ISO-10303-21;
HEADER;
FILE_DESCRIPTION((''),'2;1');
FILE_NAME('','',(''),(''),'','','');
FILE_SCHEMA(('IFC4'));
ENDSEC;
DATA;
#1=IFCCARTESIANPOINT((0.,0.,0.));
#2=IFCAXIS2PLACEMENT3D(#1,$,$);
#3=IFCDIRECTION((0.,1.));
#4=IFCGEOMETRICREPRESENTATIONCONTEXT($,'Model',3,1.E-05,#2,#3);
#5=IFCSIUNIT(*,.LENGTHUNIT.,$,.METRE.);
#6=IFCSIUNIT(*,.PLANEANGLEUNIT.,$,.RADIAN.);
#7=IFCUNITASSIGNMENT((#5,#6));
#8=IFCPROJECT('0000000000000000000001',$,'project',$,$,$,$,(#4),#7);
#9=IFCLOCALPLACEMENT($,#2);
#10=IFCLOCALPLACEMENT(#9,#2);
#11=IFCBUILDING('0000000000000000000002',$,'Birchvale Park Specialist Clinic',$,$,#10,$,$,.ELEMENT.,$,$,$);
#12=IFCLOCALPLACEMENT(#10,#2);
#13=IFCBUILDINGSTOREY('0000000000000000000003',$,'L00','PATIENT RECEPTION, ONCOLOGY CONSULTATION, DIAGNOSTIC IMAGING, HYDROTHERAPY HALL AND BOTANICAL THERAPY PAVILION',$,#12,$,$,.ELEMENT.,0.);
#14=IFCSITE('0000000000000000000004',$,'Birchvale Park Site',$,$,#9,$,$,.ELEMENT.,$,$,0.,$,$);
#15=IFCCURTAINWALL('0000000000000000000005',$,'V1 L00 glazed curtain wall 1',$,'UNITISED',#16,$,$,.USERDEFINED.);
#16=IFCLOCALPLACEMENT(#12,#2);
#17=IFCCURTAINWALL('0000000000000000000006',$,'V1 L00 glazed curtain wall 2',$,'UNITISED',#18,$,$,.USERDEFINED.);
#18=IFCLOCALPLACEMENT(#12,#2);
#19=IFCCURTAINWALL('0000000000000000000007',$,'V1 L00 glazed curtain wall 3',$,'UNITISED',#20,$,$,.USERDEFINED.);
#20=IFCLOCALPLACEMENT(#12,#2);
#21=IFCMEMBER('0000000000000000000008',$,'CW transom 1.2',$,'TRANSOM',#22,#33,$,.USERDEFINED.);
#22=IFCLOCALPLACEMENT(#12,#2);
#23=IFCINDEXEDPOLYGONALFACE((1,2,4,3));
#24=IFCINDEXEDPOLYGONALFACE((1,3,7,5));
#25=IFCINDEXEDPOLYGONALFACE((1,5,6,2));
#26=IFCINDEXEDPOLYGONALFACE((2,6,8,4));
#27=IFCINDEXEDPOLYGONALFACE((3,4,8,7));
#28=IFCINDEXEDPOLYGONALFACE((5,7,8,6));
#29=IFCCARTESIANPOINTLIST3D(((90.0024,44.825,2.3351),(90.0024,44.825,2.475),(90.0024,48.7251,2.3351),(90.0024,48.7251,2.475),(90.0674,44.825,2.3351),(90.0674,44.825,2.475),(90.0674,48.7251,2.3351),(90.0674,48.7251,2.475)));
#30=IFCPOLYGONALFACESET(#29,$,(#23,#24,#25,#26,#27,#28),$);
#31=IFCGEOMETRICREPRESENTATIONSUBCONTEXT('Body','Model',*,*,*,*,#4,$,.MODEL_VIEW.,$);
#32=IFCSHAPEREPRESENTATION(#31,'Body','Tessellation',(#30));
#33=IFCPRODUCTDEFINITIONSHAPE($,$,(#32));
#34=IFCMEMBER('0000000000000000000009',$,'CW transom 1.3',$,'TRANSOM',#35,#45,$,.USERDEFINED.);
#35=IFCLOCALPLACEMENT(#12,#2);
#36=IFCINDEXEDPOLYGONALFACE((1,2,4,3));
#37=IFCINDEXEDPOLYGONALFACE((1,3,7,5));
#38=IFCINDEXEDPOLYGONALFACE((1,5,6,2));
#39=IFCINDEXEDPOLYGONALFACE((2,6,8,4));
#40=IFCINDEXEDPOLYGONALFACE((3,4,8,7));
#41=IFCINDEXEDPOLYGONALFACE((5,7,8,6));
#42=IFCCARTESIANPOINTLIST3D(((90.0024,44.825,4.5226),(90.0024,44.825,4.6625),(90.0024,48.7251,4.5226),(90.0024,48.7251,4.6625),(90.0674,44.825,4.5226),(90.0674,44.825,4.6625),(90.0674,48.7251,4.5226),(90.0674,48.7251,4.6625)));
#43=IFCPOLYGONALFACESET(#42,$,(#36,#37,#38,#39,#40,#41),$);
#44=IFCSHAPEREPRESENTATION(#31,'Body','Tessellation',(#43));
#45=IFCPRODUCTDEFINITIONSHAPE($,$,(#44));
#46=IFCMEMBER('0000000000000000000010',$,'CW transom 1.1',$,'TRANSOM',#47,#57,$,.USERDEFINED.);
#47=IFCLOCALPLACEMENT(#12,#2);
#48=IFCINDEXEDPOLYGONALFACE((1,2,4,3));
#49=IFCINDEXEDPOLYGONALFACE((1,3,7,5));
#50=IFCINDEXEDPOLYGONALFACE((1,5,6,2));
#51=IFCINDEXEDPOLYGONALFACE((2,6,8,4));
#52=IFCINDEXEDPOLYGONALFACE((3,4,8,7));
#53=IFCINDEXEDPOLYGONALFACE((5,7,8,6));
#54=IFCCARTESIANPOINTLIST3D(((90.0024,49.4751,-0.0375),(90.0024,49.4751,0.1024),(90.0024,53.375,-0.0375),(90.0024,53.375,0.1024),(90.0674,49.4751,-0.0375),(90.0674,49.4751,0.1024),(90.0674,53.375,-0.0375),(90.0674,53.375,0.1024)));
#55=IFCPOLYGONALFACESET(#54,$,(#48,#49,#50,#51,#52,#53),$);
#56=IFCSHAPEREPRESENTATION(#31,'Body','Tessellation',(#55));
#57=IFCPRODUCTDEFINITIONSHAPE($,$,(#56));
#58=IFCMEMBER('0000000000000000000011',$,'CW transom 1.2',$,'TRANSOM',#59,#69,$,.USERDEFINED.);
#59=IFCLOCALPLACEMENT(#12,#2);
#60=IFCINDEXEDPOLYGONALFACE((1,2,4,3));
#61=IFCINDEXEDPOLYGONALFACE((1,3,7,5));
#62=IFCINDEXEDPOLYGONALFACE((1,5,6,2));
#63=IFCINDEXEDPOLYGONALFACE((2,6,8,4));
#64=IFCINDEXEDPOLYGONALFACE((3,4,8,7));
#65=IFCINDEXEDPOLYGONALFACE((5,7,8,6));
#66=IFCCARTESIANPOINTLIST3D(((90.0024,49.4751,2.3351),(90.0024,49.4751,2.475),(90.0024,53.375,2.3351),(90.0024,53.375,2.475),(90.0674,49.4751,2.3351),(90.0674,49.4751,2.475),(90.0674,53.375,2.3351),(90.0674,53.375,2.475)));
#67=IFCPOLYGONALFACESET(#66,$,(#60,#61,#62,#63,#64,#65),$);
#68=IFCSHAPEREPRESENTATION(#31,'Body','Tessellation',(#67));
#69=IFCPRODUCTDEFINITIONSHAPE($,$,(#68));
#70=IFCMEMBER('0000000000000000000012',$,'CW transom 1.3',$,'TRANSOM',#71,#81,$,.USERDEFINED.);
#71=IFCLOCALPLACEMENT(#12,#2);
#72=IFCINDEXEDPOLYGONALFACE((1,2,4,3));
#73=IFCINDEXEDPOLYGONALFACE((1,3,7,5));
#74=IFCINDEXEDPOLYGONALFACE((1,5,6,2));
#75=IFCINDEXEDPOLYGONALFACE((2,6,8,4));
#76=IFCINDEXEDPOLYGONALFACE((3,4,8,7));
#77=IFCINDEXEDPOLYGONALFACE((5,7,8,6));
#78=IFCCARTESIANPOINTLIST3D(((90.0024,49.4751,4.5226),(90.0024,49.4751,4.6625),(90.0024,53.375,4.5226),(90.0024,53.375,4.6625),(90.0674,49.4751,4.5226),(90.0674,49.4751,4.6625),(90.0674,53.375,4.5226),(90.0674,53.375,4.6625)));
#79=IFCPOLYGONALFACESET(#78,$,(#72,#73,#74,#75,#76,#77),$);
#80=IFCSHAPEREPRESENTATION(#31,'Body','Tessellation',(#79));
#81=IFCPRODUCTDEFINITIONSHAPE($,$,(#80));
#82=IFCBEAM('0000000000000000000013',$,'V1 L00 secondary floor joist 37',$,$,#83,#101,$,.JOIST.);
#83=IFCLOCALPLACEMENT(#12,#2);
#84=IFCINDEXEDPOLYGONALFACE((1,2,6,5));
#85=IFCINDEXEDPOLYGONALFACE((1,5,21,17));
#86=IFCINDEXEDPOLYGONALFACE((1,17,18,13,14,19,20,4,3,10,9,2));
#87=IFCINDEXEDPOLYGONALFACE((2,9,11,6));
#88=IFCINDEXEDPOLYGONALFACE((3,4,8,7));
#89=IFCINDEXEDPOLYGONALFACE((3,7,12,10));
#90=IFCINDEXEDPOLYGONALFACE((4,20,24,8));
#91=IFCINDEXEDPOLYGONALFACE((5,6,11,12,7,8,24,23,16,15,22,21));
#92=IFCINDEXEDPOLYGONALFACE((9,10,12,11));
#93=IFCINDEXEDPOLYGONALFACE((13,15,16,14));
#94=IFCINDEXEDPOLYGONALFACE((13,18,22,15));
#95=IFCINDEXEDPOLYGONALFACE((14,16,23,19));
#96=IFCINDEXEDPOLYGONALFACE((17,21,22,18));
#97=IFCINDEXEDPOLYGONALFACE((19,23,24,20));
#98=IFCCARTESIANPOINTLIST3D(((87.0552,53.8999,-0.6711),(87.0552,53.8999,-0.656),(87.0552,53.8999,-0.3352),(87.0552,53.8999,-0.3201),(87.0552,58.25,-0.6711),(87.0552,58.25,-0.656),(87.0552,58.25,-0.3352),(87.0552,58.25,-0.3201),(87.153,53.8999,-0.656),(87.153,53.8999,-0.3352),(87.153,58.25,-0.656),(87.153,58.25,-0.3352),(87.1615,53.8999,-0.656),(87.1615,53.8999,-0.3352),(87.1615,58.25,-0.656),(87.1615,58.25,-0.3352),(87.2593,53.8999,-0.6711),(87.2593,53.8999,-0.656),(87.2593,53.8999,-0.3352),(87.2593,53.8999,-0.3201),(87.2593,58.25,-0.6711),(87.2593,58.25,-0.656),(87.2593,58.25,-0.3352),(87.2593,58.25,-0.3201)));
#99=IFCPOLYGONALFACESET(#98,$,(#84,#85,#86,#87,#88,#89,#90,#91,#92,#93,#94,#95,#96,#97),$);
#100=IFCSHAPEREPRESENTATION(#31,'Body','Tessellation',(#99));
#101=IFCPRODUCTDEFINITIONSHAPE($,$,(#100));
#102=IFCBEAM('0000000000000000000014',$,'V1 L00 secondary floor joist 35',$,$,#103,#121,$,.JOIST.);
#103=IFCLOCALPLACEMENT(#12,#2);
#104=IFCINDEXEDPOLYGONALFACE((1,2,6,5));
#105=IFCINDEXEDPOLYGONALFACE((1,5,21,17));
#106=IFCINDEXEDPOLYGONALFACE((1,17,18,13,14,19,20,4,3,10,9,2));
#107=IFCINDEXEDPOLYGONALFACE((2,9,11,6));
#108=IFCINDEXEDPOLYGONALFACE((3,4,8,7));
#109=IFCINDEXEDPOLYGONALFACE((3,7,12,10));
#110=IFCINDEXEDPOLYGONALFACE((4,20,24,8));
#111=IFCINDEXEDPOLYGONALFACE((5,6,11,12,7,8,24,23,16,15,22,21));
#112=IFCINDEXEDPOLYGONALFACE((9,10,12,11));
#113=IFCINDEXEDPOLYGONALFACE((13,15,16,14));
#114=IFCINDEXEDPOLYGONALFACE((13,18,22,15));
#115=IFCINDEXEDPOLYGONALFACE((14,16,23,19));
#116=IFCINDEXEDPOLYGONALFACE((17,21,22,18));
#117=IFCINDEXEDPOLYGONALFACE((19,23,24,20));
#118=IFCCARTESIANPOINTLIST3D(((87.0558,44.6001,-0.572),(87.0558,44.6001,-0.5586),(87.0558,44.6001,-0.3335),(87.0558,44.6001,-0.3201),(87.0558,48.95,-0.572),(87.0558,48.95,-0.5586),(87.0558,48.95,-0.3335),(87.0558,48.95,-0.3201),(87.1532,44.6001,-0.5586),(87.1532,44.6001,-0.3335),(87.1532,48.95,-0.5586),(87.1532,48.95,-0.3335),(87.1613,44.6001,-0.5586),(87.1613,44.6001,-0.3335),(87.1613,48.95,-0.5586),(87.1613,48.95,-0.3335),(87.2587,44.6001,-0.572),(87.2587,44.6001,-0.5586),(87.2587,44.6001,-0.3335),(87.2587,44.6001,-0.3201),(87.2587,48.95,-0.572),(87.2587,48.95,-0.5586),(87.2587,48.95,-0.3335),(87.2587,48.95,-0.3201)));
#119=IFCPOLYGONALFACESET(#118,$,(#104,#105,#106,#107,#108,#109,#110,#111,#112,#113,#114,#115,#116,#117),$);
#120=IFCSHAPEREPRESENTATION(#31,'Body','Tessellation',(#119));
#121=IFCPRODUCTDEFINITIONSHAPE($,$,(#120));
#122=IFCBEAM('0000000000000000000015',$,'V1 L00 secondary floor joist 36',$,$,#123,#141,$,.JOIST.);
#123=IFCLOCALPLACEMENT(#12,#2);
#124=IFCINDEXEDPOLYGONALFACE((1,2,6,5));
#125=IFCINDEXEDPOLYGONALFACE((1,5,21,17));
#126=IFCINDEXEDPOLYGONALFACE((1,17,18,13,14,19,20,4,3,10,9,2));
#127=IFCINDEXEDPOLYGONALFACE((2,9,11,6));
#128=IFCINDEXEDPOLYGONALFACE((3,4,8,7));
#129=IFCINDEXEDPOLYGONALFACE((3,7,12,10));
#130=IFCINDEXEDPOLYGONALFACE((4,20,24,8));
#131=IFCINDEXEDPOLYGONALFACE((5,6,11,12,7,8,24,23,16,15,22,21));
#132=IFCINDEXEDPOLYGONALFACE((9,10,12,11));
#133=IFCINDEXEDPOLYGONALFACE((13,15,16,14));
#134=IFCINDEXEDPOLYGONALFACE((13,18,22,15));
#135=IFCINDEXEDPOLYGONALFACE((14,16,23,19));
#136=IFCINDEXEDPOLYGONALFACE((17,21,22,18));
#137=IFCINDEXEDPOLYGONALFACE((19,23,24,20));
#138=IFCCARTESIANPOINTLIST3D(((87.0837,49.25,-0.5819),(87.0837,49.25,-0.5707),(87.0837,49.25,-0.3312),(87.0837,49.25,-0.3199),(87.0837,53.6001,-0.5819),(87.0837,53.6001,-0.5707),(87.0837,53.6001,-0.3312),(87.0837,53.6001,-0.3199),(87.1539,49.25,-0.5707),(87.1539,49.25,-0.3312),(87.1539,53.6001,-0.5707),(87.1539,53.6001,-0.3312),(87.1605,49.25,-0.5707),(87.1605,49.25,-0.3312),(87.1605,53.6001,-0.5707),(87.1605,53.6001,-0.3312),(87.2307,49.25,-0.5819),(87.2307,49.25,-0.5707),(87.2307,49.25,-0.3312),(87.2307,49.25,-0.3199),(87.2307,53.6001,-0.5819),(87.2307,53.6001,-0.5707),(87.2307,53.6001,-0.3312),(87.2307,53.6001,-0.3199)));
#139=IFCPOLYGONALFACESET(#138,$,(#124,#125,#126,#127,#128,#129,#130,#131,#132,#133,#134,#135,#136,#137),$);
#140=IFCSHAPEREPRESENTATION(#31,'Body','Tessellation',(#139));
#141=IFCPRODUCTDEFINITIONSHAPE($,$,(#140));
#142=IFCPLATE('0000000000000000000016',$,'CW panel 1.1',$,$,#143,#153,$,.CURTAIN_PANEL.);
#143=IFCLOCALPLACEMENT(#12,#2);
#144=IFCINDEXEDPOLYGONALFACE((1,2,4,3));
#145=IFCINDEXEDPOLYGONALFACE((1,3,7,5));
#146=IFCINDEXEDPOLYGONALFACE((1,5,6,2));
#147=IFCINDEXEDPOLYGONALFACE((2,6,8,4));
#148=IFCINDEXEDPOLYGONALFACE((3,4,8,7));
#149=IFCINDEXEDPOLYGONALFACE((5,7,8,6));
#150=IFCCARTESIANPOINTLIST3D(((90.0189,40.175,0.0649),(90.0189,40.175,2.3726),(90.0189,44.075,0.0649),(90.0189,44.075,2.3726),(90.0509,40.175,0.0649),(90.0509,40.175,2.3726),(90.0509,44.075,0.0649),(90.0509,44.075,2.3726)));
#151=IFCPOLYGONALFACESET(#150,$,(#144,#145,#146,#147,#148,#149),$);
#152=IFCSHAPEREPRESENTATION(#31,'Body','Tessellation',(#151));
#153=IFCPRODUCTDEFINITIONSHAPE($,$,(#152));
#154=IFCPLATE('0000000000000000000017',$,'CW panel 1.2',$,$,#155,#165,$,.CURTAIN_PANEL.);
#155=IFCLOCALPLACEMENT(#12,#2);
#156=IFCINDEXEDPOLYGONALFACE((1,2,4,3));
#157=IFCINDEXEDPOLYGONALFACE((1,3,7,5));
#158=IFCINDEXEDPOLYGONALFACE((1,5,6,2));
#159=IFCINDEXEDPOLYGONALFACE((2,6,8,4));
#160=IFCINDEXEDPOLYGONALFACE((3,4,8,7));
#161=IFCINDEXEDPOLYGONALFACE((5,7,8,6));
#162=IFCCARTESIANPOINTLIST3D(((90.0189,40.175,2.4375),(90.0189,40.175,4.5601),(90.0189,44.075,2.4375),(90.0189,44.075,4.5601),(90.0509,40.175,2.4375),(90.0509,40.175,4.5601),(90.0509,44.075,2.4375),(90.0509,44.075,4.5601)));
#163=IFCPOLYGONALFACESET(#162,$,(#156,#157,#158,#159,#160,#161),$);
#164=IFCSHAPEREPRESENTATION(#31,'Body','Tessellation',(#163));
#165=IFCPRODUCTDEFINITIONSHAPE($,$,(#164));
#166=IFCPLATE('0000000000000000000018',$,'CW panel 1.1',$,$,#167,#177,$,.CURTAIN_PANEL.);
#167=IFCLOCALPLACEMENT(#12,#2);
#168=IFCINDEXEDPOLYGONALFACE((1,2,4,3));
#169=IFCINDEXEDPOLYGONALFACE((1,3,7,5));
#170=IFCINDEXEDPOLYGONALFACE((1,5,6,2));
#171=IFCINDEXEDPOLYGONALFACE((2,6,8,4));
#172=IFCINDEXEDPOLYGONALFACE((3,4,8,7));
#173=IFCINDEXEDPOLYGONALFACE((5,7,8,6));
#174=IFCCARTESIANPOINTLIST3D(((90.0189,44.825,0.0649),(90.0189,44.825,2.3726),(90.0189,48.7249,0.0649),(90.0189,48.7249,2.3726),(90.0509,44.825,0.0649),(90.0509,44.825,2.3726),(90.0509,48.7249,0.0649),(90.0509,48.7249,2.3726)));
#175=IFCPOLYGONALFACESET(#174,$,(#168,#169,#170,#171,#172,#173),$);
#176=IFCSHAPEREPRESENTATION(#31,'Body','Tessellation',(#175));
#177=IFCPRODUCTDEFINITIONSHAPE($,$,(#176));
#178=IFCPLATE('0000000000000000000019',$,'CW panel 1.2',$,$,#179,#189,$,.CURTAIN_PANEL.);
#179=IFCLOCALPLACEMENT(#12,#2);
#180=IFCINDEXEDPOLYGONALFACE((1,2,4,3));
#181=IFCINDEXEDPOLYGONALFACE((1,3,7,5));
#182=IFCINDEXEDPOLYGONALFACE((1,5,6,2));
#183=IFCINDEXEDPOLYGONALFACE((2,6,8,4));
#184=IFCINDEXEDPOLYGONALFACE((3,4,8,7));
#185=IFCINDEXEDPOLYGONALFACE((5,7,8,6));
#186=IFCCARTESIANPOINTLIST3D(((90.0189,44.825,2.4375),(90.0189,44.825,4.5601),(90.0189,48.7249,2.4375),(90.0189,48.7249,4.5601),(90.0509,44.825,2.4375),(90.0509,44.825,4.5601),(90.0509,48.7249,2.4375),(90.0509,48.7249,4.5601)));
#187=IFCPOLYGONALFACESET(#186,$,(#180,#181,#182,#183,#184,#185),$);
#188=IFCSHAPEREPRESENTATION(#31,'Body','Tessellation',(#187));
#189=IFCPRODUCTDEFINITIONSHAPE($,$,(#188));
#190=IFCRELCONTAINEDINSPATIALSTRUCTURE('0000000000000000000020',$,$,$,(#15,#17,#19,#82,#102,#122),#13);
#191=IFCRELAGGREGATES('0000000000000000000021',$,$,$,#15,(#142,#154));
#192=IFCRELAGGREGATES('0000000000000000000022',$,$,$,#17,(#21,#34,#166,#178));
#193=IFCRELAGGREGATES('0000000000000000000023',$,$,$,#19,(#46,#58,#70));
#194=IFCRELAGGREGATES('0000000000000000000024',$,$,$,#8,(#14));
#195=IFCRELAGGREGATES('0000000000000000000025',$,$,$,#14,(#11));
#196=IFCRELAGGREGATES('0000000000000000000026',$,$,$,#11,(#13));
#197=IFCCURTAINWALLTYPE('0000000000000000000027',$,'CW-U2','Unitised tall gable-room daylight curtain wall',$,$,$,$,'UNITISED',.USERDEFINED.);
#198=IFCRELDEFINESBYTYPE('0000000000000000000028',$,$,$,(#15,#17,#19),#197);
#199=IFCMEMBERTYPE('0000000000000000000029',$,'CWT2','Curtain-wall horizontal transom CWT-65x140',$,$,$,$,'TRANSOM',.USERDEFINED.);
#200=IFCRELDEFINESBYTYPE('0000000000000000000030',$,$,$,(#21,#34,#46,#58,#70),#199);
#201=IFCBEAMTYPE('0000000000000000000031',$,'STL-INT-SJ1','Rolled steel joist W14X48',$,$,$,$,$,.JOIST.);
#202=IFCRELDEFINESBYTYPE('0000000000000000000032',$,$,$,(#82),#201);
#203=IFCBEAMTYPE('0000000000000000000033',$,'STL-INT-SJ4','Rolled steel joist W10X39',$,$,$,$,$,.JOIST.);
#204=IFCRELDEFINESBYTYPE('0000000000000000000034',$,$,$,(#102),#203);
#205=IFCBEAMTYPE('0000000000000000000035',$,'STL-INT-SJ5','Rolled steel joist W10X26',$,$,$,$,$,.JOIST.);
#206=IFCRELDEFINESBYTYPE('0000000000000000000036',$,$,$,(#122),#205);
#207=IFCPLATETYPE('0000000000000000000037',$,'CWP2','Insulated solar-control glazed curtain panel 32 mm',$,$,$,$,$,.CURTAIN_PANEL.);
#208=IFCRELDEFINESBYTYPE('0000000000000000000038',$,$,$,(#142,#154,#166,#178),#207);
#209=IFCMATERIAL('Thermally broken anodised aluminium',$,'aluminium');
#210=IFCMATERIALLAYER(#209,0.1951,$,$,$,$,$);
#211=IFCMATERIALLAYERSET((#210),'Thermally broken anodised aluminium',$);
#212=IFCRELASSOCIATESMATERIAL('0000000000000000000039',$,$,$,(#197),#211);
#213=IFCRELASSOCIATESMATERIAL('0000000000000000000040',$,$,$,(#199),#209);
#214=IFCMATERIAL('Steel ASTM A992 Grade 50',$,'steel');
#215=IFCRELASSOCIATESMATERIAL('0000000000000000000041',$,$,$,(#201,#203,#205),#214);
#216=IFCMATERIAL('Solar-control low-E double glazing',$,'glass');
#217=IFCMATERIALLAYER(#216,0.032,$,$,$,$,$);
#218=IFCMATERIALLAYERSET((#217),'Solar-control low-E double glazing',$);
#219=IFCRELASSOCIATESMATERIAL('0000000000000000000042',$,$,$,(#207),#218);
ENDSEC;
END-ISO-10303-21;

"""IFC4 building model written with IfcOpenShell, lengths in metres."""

from ifc_helpers import new_model, si_unit, direction, frame, origin, origin_2d, place, context, subcontext, project, spatial, rectangle, i_section, extrude, material, layer, layer_set, material_profile, profile_set, type_object, element, aggregate, save


model = new_model("IFC4")

# Units and contexts
model_context = context("Model", 3, precision=1e-05, world=origin(), true_north=direction((0.0, 1.0)))
body_context = subcontext(model_context, "Body", "Model", "MODEL_VIEW")
ifc_project = project(units=[si_unit("LENGTHUNIT", "METRE"), si_unit("PLANEANGLEUNIT", "RADIAN")], contexts=[model_context])

# Site, building, storey
site_placement = place(None, origin())
site = spatial("IfcSite", under=ifc_project, at=site_placement, Name="Birchvale Park Site", CompositionType="ELEMENT", RefElevation=0.0)
building_placement = place(site_placement, origin())
building = spatial("IfcBuilding", under=site, at=building_placement, Name="Birchvale Park Specialist Clinic", CompositionType="ELEMENT")
storey_placement = place(building_placement, origin())
storey = spatial("IfcBuildingStorey", under=building, at=storey_placement, Name="L00", Description="PATIENT RECEPTION, ONCOLOGY CONSULTATION, DIAGNOSTIC IMAGING, HYDROTHERAPY HALL AND BOTANICAL THERAPY PAVILION", CompositionType="ELEMENT", Elevation=0.0)

# Curtain walls
ifc_material_1 = material(Name="Thermally broken anodised aluminium", Category="aluminium")
ifc_layer_1 = layer(ifc_material_1, 0.1951)
ifc_layer_set_1 = layer_set([ifc_layer_1], Name="Thermally broken anodised aluminium")
curtain_wall_type = type_object("IfcCurtainWallType", Name="CW-U2", Description="Unitised tall gable-room daylight curtain wall", ElementType="UNITISED", PredefinedType="USERDEFINED", material=ifc_layer_set_1)
curtain_wall_1_placement = place(storey_placement, origin())
curtain_wall_1 = element("IfcCurtainWall", 1, at=curtain_wall_1_placement, inside=storey, type_object=curtain_wall_type, Name="V1 L00 glazed curtain wall 1", ObjectType="UNITISED", PredefinedType="USERDEFINED")
curtain_wall_2_placement = place(storey_placement, origin())
curtain_wall_2 = element("IfcCurtainWall", 2, at=curtain_wall_2_placement, inside=storey, type_object=curtain_wall_type, Name="V1 L00 glazed curtain wall 2", ObjectType="UNITISED", PredefinedType="USERDEFINED")
curtain_wall_3_placement = place(storey_placement, origin())
curtain_wall_3 = element("IfcCurtainWall", 3, at=curtain_wall_3_placement, inside=storey, type_object=curtain_wall_type, Name="V1 L00 glazed curtain wall 3", ObjectType="UNITISED", PredefinedType="USERDEFINED")

# Members
ifc_material_profile_1 = material_profile(ifc_material_1, rectangle(XDim=0.0649, YDim=0.1399, at=origin_2d()), Name="CWT-65x140")
ifc_profile_set_1 = profile_set([ifc_material_profile_1], Name="Thermally broken anodised aluminium")
member_type_1 = type_object("IfcMemberType", Name="CWT2", Description="Curtain-wall horizontal transom CWT-65x140", ElementType="TRANSOM", PredefinedType="USERDEFINED", material=ifc_profile_set_1)
member_1_placement = place(storey_placement, frame((90.0349, 44.825, 2.405), z_axis=(0.0, 1.0, 0.0), x_axis=(-1.0, 0.0, 0.0)))
member_1 = element("IfcMember", 4, at=member_1_placement, type_object=member_type_1, Name="CW transom 1.2", ObjectType="TRANSOM", PredefinedType="USERDEFINED", context=body_context, shape_type="SweptSolid", body=[
    extrude(rectangle(XDim=0.0649, YDim=0.1399, at=origin_2d()), origin(), (0.0, 0.0, 1.0), 3.9001),
])
member_2_placement = place(storey_placement, frame((90.0349, 44.825, 4.5925), z_axis=(0.0, 1.0, 0.0), x_axis=(-1.0, 0.0, 0.0)))
member_2 = element("IfcMember", 5, at=member_2_placement, type_object=member_type_1, Name="CW transom 1.3", ObjectType="TRANSOM", PredefinedType="USERDEFINED", context=body_context, shape_type="SweptSolid", body=[
    extrude(rectangle(XDim=0.0649, YDim=0.1399, at=origin_2d()), origin(), (0.0, 0.0, 1.0), 3.9001),
])
member_3_placement = place(storey_placement, frame((90.0349, 49.4751, 0.0325), z_axis=(0.0, 1.0, 0.0), x_axis=(-1.0, 0.0, 0.0)))
member_3 = element("IfcMember", 6, at=member_3_placement, type_object=member_type_1, Name="CW transom 1.1", ObjectType="TRANSOM", PredefinedType="USERDEFINED", context=body_context, shape_type="SweptSolid", body=[
    extrude(rectangle(XDim=0.0649, YDim=0.1399, at=origin_2d()), origin(), (0.0, 0.0, 1.0), 3.8999),
])
member_4_placement = place(storey_placement, frame((90.0349, 49.4751, 2.405), z_axis=(0.0, 1.0, 0.0), x_axis=(-1.0, 0.0, 0.0)))
member_4 = element("IfcMember", 7, at=member_4_placement, type_object=member_type_1, Name="CW transom 1.2", ObjectType="TRANSOM", PredefinedType="USERDEFINED", context=body_context, shape_type="SweptSolid", body=[
    extrude(rectangle(XDim=0.0649, YDim=0.1399, at=origin_2d()), origin(), (0.0, 0.0, 1.0), 3.8999),
])
member_5_placement = place(storey_placement, frame((90.0349, 49.4751, 4.5925), z_axis=(0.0, 1.0, 0.0), x_axis=(-1.0, 0.0, 0.0)))
member_5 = element("IfcMember", 8, at=member_5_placement, type_object=member_type_1, Name="CW transom 1.3", ObjectType="TRANSOM", PredefinedType="USERDEFINED", context=body_context, shape_type="SweptSolid", body=[
    extrude(rectangle(XDim=0.0649, YDim=0.1399, at=origin_2d()), origin(), (0.0, 0.0, 1.0), 3.8999),
])

# Beams
ifc_material_2 = material(Name="Steel ASTM A992 Grade 50", Category="steel")
ifc_material_profile_2 = material_profile(ifc_material_2, i_section(OverallWidth=0.2041, OverallDepth=0.3511, WebThickness=0.0085, FlangeThickness=0.0151, at=origin_2d()), Name="W14X48")
ifc_profile_set_2 = profile_set([ifc_material_profile_2], Name="Steel ASTM A992 Grade 50")
beam_type_1 = type_object("IfcBeamType", Name="STL-INT-SJ1", Description="Rolled steel joist W14X48", PredefinedType="JOIST", material=ifc_profile_set_2)
beam_1_placement = place(storey_placement, frame((87.1572, 53.8999, -0.4956), z_axis=(0.0, 1.0, 0.0), x_axis=(-1.0, 0.0, 0.0)))
element("IfcBeam", 9, at=beam_1_placement, inside=storey, type_object=beam_type_1, Name="V1 L00 secondary floor joist 37", PredefinedType="JOIST", context=body_context, shape_type="SweptSolid", body=[
    extrude(i_section(OverallWidth=0.2041, OverallDepth=0.3511, WebThickness=0.0085, FlangeThickness=0.0151, at=origin_2d()), origin(), (0.0, 0.0, 1.0), 4.3501),
])
ifc_material_profile_3 = material_profile(ifc_material_2, i_section(OverallWidth=0.2029, OverallDepth=0.252, WebThickness=0.0081, FlangeThickness=0.0134, at=origin_2d()), Name="W10X39")
ifc_profile_set_3 = profile_set([ifc_material_profile_3], Name="Steel ASTM A992 Grade 50")
beam_type_2 = type_object("IfcBeamType", Name="STL-INT-SJ4", Description="Rolled steel joist W10X39", PredefinedType="JOIST", material=ifc_profile_set_3)
beam_2_placement = place(storey_placement, frame((87.1572, 44.6001, -0.446), z_axis=(0.0, 1.0, 0.0), x_axis=(-1.0, 0.0, 0.0)))
element("IfcBeam", 10, at=beam_2_placement, inside=storey, type_object=beam_type_2, Name="V1 L00 secondary floor joist 35", PredefinedType="JOIST", context=body_context, shape_type="SweptSolid", body=[
    extrude(i_section(OverallWidth=0.2029, OverallDepth=0.252, WebThickness=0.0081, FlangeThickness=0.0134, at=origin_2d()), origin(), (0.0, 0.0, 1.0), 4.3499),
])
ifc_material_profile_4 = material_profile(ifc_material_2, i_section(OverallWidth=0.147, OverallDepth=0.262, WebThickness=0.0066, FlangeThickness=0.0112, at=origin_2d()), Name="W10X26")
ifc_profile_set_4 = profile_set([ifc_material_profile_4], Name="Steel ASTM A992 Grade 50")
beam_type_3 = type_object("IfcBeamType", Name="STL-INT-SJ5", Description="Rolled steel joist W10X26", PredefinedType="JOIST", material=ifc_profile_set_4)
beam_3_placement = place(storey_placement, frame((87.1572, 49.25, -0.4509), z_axis=(0.0, 1.0, 0.0), x_axis=(-1.0, 0.0, 0.0)))
element("IfcBeam", 11, at=beam_3_placement, inside=storey, type_object=beam_type_3, Name="V1 L00 secondary floor joist 36", PredefinedType="JOIST", context=body_context, shape_type="SweptSolid", body=[
    extrude(i_section(OverallWidth=0.147, OverallDepth=0.262, WebThickness=0.0066, FlangeThickness=0.0112, at=origin_2d()), origin(), (0.0, 0.0, 1.0), 4.3501),
])

# Plates
ifc_material_3 = material(Name="Solar-control low-E double glazing", Category="glass")
ifc_layer_2 = layer(ifc_material_3, 0.032)
ifc_layer_set_2 = layer_set([ifc_layer_2], Name="Solar-control low-E double glazing")
plate_type = type_object("IfcPlateType", Name="CWP2", Description="Insulated solar-control glazed curtain panel 32 mm", PredefinedType="CURTAIN_PANEL", material=ifc_layer_set_2)
plate_1_placement = place(storey_placement, frame((90.0349, 42.125, 0.0649), z_axis=(0.0, 0.0, 1.0), x_axis=(0.0, 1.0, 0.0)))
plate_1 = element("IfcPlate", 12, at=plate_1_placement, type_object=plate_type, Name="CW panel 1.1", PredefinedType="CURTAIN_PANEL", context=body_context, shape_type="SweptSolid", body=[
    extrude(rectangle(XDim=3.8999, YDim=0.032, at=origin_2d()), origin(), (0.0, 0.0, 1.0), 2.3076),
])
plate_2_placement = place(storey_placement, frame((90.0349, 42.125, 2.4375), z_axis=(0.0, 0.0, 1.0), x_axis=(0.0, 1.0, 0.0)))
plate_2 = element("IfcPlate", 13, at=plate_2_placement, type_object=plate_type, Name="CW panel 1.2", PredefinedType="CURTAIN_PANEL", context=body_context, shape_type="SweptSolid", body=[
    extrude(rectangle(XDim=3.8999, YDim=0.032, at=origin_2d()), origin(), (0.0, 0.0, 1.0), 2.1226),
])
aggregate(curtain_wall_1, [plate_1, plate_2])
plate_3_placement = place(storey_placement, frame((90.0349, 46.7749, 0.0649), z_axis=(0.0, 0.0, 1.0), x_axis=(0.0, 1.0, 0.0)))
plate_3 = element("IfcPlate", 14, at=plate_3_placement, type_object=plate_type, Name="CW panel 1.1", PredefinedType="CURTAIN_PANEL", context=body_context, shape_type="SweptSolid", body=[
    extrude(rectangle(XDim=3.8999, YDim=0.032, at=origin_2d()), origin(), (0.0, 0.0, 1.0), 2.3076),
])
plate_4_placement = place(storey_placement, frame((90.0349, 46.7749, 2.4375), z_axis=(0.0, 0.0, 1.0), x_axis=(0.0, 1.0, 0.0)))
plate_4 = element("IfcPlate", 15, at=plate_4_placement, type_object=plate_type, Name="CW panel 1.2", PredefinedType="CURTAIN_PANEL", context=body_context, shape_type="SweptSolid", body=[
    extrude(rectangle(XDim=3.8999, YDim=0.032, at=origin_2d()), origin(), (0.0, 0.0, 1.0), 2.1226),
])
aggregate(curtain_wall_2, [member_1, member_2, plate_3, plate_4])
aggregate(curtain_wall_3, [member_3, member_4, member_5])

save(model, "model.ifc")
